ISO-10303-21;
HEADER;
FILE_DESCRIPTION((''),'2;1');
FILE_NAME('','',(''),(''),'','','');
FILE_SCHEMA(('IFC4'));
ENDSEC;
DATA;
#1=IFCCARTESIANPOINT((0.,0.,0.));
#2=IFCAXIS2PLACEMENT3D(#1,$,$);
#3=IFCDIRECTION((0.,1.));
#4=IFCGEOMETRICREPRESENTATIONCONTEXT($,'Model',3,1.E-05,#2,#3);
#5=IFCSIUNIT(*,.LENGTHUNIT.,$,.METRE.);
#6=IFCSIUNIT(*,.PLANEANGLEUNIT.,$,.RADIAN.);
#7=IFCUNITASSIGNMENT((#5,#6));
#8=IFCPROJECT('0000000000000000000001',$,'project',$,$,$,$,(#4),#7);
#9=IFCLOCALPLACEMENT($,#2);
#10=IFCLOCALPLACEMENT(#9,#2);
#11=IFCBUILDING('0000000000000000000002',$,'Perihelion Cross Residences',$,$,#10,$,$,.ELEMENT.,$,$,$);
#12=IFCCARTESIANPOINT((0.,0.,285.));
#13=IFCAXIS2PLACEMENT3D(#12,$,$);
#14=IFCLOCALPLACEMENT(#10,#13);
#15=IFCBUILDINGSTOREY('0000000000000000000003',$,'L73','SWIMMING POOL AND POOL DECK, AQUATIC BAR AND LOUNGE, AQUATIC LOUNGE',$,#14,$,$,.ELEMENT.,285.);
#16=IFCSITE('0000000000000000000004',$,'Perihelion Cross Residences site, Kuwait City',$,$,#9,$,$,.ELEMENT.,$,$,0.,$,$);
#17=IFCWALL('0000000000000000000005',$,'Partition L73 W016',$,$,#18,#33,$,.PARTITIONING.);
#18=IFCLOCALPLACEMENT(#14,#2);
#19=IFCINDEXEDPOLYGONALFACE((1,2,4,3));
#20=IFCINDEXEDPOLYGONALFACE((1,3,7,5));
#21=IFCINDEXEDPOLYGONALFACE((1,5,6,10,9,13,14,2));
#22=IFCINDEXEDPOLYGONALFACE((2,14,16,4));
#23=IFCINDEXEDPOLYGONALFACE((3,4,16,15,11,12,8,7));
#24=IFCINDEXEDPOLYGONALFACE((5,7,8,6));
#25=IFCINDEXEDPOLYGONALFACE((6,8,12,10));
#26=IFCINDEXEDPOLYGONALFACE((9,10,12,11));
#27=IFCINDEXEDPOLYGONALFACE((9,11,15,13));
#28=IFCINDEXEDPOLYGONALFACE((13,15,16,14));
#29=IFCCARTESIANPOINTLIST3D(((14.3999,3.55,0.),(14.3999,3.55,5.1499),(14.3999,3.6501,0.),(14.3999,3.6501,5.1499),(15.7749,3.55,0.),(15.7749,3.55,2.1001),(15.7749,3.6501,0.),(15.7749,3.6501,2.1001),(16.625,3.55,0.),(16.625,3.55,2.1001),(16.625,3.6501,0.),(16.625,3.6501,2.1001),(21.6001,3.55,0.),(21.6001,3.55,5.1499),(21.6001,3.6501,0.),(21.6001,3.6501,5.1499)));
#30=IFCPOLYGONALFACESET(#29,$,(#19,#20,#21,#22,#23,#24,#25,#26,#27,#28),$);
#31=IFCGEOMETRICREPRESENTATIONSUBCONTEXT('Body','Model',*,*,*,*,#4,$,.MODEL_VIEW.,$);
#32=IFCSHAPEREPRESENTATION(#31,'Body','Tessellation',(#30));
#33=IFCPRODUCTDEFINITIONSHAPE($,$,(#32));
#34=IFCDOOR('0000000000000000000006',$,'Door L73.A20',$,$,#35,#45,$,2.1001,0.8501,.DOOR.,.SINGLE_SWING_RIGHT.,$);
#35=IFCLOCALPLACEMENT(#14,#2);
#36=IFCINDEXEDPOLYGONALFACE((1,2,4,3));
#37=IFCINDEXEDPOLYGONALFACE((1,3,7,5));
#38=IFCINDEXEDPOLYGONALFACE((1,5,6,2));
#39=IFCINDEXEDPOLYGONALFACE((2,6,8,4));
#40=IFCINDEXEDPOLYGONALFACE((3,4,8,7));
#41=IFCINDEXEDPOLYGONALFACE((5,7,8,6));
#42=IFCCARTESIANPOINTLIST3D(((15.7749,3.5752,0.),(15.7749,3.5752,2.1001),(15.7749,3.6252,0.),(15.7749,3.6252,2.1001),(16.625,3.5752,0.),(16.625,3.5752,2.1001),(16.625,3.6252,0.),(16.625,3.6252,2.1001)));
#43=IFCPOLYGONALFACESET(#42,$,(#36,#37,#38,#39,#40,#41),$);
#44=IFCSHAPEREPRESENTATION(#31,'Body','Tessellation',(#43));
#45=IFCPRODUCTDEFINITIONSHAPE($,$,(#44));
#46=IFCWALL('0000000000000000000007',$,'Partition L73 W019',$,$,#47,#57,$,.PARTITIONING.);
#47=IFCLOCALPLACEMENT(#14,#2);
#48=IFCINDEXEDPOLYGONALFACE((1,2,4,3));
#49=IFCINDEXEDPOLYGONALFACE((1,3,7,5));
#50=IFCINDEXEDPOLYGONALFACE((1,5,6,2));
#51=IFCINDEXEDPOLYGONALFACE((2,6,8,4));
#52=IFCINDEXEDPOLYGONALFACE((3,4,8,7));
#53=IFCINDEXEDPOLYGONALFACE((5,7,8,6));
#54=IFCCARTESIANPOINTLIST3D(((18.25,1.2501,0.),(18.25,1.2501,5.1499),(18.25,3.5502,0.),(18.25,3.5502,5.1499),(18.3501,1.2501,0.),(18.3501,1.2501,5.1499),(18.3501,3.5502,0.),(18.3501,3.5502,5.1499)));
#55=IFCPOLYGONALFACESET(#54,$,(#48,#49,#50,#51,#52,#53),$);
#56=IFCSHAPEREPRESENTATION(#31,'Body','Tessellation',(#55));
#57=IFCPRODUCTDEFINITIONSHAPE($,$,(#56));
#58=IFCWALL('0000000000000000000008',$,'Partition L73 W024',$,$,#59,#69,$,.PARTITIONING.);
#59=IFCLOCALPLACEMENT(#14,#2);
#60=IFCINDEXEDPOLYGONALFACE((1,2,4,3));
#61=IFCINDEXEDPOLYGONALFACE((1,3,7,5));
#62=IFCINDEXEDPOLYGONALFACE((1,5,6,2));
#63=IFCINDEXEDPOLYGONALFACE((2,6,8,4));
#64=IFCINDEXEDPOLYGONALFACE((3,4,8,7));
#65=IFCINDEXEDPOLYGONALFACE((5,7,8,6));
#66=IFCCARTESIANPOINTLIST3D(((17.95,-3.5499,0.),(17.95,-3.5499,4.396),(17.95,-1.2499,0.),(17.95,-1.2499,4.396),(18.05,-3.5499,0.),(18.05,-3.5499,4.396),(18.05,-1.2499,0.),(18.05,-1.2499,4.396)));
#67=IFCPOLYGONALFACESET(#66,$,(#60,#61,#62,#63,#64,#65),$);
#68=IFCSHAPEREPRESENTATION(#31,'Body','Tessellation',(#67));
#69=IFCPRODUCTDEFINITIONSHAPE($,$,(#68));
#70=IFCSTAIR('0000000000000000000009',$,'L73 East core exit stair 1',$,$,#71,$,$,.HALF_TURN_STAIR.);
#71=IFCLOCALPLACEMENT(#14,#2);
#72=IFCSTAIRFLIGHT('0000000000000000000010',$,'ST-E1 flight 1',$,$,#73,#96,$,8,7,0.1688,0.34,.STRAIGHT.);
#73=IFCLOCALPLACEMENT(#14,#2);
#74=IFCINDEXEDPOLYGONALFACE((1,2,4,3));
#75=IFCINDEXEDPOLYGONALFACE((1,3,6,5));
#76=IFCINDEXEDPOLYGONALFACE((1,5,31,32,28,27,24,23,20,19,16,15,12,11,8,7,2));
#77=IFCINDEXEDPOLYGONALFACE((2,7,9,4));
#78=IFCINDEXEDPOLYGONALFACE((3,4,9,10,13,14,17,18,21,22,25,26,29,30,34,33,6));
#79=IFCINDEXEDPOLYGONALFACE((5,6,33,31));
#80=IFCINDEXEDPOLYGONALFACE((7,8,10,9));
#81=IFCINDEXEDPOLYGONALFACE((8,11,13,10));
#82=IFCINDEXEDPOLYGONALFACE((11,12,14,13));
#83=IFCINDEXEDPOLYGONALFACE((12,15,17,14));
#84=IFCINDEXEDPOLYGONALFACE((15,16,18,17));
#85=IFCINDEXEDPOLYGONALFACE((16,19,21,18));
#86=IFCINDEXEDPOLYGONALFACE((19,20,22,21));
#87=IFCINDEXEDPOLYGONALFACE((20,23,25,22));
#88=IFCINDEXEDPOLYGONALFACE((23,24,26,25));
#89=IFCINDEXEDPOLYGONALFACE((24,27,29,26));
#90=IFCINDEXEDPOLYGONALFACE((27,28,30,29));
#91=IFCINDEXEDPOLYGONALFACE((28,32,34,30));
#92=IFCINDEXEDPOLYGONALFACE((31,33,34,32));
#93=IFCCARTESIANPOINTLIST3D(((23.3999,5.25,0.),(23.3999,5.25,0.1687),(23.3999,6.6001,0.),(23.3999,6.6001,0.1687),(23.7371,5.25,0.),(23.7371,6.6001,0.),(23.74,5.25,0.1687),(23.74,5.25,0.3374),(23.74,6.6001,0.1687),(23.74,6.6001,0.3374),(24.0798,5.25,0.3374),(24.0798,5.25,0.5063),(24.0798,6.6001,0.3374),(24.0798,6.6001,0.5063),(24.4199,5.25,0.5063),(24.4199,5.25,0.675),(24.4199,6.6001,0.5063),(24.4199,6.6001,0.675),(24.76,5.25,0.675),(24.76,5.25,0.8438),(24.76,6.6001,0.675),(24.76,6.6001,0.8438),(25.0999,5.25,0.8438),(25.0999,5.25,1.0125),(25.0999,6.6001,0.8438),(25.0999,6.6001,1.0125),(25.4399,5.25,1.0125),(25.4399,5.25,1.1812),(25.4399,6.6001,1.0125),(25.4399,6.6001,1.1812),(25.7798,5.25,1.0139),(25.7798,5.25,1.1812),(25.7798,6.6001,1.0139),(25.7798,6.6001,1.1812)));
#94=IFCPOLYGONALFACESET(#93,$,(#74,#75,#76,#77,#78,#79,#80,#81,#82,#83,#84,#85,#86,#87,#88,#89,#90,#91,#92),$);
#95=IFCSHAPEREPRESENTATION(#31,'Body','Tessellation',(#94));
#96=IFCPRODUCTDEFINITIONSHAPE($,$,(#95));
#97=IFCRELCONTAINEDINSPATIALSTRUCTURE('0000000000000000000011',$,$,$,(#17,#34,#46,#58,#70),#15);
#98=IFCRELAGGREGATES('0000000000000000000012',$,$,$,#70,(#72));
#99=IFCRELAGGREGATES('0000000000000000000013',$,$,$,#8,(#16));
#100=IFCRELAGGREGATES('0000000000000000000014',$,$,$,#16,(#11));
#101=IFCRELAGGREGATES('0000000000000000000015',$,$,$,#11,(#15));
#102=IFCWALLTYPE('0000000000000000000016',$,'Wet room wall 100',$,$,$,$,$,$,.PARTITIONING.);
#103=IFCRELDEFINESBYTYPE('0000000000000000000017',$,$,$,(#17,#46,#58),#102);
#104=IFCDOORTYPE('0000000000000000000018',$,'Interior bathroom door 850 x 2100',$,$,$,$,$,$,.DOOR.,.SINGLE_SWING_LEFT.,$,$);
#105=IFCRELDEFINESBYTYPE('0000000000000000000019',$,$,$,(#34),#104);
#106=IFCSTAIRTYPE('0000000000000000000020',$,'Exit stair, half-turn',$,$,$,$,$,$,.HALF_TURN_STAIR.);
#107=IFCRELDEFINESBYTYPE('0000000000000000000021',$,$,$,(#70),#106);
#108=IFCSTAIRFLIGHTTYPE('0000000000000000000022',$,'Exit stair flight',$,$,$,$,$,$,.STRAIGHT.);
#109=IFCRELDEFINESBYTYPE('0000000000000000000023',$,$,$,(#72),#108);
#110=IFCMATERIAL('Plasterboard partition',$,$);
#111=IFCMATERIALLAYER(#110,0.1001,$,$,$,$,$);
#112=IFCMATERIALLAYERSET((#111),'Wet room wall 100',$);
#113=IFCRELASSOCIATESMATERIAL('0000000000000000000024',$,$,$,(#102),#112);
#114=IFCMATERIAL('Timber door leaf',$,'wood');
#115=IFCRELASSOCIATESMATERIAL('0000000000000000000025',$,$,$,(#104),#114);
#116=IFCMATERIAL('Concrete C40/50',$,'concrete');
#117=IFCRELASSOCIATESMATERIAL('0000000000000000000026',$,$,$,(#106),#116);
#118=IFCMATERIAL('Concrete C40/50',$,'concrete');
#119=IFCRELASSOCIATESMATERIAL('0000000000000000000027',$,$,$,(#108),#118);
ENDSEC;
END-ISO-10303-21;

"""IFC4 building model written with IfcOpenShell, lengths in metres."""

from ifc_helpers import new_model, si_unit, direction, frame, frame_2d, origin, place, context, subcontext, project, spatial, polyline, rectangle, outline, extrude, material, layer, layer_set, type_object, element, fill, aggregate, save


model = new_model("IFC4")

# Units and contexts
model_context = context("Model", 3, precision=1e-05, world=origin(), true_north=direction((0.0, 1.0)))
body_context = subcontext(model_context, "Body", "Model", "MODEL_VIEW")
ifc_project = project(units=[si_unit("LENGTHUNIT", "METRE"), si_unit("PLANEANGLEUNIT", "RADIAN")], contexts=[model_context])

# Site, building, storey
site_placement = place(None, origin())
site = spatial("IfcSite", under=ifc_project, at=site_placement, Name="Perihelion Cross Residences site, Kuwait City", CompositionType="ELEMENT", RefElevation=0.0)
building_placement = place(site_placement, origin())
building = spatial("IfcBuilding", under=site, at=building_placement, Name="Perihelion Cross Residences", CompositionType="ELEMENT")
storey_placement = place(building_placement, frame((0.0, 0.0, 285.0)))
storey = spatial("IfcBuildingStorey", under=building, at=storey_placement, Name="L73", Description="SWIMMING POOL AND POOL DECK, AQUATIC BAR AND LOUNGE, AQUATIC LOUNGE", CompositionType="ELEMENT", Elevation=285.0)

# Wall, opening, door
ifc_material_1 = material(Name="Plasterboard partition")
ifc_layer_1 = layer(ifc_material_1, 0.1001)
ifc_layer_set_1 = layer_set([ifc_layer_1], Name="Wet room wall 100")
wall_type_1 = type_object("IfcWallType", Name="Wet room wall 100", PredefinedType="PARTITIONING", material=ifc_layer_set_1)
ifc_material_2 = material(Name="Timber door leaf", Category="wood")
door_type_1 = type_object("IfcDoorType", Name="Interior bathroom door 850 x 2100", OperationType="SINGLE_SWING_LEFT", PredefinedType="DOOR", material=ifc_material_2)
wall_1_placement = place(storey_placement, frame((21.6001, 3.6001, 0.0), z_axis=(0.0, 0.0, 1.0), x_axis=(-1.0, 0.0, 0.0)))
wall_1 = element("IfcWall", 1, at=wall_1_placement, inside=storey, type_object=wall_type_1, Name="Partition L73 W016", PredefinedType="PARTITIONING", context=body_context, shape_type="SweptSolid", body=[
    extrude(rectangle(XDim=7.2002, YDim=0.1001, at=frame_2d((3.6001, 0.0))), origin(), (0.0, 0.0, 1.0), 5.1499),
])
opening_1_placement = place(wall_1_placement, frame((4.9751, 0.0, 0.0)))
opening_1 = element("IfcOpeningElement", 2, at=opening_1_placement, cuts=wall_1, PredefinedType="OPENING", context=body_context, shape_type="SweptSolid", body=[
    extrude(rectangle(XDim=0.8501, YDim=2.1001, at=frame_2d((0.425, 1.05))), frame((0.0, 0.0601, 0.0), z_axis=(0.0, -1.0, 0.0), x_axis=(1.0, 0.0, 0.0)), (0.0, 0.0, 1.0), 0.1201),
])
door_1_placement = place(opening_1_placement, origin())
door_1 = element("IfcDoor", 3, at=door_1_placement, inside=storey, type_object=door_type_1, Name="Door L73.A20", OperationType="SINGLE_SWING_RIGHT", OverallHeight=2.1001, OverallWidth=0.8501, PredefinedType="DOOR", context=body_context, shape_type="SweptSolid", body=[
    extrude(rectangle(XDim=0.8501, YDim=2.1001, at=frame_2d((0.425, 1.05))), frame((0.0, 0.0249, 0.0), z_axis=(0.0, -1.0, 0.0), x_axis=(1.0, 0.0, 0.0)), (0.0, 0.0, 1.0), 0.05),
])
fill(opening_1, door_1)

# Walls
wall_2_placement = place(storey_placement, frame((18.3, 3.55, 0.0), z_axis=(0.0, 0.0, 1.0), x_axis=(0.0, -1.0, 0.0)))
element("IfcWall", 4, at=wall_2_placement, inside=storey, type_object=wall_type_1, Name="Partition L73 W019", PredefinedType="PARTITIONING", context=body_context, shape_type="SweptSolid", body=[
    extrude(rectangle(XDim=2.3, YDim=0.1001, at=frame_2d((1.1499, 0.0))), origin(), (0.0, 0.0, 1.0), 5.1499),
])
wall_3_placement = place(storey_placement, frame((18.0, -1.25, 0.0), z_axis=(0.0, 0.0, 1.0), x_axis=(0.0, -1.0, 0.0)))
element("IfcWall", 5, at=wall_3_placement, inside=storey, type_object=wall_type_1, Name="Partition L73 W024", PredefinedType="PARTITIONING", context=body_context, shape_type="SweptSolid", body=[
    extrude(rectangle(XDim=2.3, YDim=0.1001, at=frame_2d((1.1499, 0.0))), origin(), (0.0, 0.0, 1.0), 4.396),
])

# Stair, stair flight
ifc_material_3 = material(Name="Concrete C40/50", Category="concrete")
stair_type = type_object("IfcStairType", Name="Exit stair, half-turn", PredefinedType="HALF_TURN_STAIR", material=ifc_material_3)
stair_placement = place(storey_placement, origin())
stair = element("IfcStair", 6, at=stair_placement, inside=storey, type_object=stair_type, Name="L73 East core exit stair 1", PredefinedType="HALF_TURN_STAIR")
ifc_material_4 = material(Name="Concrete C40/50", Category="concrete")
stair_flight_type = type_object("IfcStairFlightType", Name="Exit stair flight", PredefinedType="STRAIGHT", material=ifc_material_4)
stair_flight_placement = place(storey_placement, frame((23.3999, 5.925, 0.0), z_axis=(0.0, 0.0, 1.0), x_axis=(1.0, 0.0, 0.0)))
stair_flight = element("IfcStairFlight", 7, at=stair_flight_placement, type_object=stair_flight_type, Name="ST-E1 flight 1", NumberOfRisers=8, NumberOfTreads=7, PredefinedType="STRAIGHT", RiserHeight=0.1688, TreadLength=0.34, context=body_context, shape_type="SweptSolid", body=[
    extrude(outline(polyline([(0.0, 0.0), (0.0, 0.1687), (0.3401, 0.1687), (0.3401, 0.3374), (0.6799, 0.3374), (0.6799, 0.5063), (1.02, 0.5063), (1.02, 0.675), (1.3601, 0.675), (1.3601, 0.8438), (1.7, 0.8438), (1.7, 1.0125), (2.04, 1.0125), (2.04, 1.1812), (2.3799, 1.1812), (2.3799, 1.3501), (2.3799, 1.0139), (0.3372, 0.0), (0.0, 0.0)])), frame((0.0, 0.675, 0.0), z_axis=(0.0, -1.0, 0.0), x_axis=(1.0, 0.0, 0.0)), (0.0, 0.0, 1.0), 1.3501),
])
aggregate(stair, [stair_flight])

save(model, "model.ifc")
